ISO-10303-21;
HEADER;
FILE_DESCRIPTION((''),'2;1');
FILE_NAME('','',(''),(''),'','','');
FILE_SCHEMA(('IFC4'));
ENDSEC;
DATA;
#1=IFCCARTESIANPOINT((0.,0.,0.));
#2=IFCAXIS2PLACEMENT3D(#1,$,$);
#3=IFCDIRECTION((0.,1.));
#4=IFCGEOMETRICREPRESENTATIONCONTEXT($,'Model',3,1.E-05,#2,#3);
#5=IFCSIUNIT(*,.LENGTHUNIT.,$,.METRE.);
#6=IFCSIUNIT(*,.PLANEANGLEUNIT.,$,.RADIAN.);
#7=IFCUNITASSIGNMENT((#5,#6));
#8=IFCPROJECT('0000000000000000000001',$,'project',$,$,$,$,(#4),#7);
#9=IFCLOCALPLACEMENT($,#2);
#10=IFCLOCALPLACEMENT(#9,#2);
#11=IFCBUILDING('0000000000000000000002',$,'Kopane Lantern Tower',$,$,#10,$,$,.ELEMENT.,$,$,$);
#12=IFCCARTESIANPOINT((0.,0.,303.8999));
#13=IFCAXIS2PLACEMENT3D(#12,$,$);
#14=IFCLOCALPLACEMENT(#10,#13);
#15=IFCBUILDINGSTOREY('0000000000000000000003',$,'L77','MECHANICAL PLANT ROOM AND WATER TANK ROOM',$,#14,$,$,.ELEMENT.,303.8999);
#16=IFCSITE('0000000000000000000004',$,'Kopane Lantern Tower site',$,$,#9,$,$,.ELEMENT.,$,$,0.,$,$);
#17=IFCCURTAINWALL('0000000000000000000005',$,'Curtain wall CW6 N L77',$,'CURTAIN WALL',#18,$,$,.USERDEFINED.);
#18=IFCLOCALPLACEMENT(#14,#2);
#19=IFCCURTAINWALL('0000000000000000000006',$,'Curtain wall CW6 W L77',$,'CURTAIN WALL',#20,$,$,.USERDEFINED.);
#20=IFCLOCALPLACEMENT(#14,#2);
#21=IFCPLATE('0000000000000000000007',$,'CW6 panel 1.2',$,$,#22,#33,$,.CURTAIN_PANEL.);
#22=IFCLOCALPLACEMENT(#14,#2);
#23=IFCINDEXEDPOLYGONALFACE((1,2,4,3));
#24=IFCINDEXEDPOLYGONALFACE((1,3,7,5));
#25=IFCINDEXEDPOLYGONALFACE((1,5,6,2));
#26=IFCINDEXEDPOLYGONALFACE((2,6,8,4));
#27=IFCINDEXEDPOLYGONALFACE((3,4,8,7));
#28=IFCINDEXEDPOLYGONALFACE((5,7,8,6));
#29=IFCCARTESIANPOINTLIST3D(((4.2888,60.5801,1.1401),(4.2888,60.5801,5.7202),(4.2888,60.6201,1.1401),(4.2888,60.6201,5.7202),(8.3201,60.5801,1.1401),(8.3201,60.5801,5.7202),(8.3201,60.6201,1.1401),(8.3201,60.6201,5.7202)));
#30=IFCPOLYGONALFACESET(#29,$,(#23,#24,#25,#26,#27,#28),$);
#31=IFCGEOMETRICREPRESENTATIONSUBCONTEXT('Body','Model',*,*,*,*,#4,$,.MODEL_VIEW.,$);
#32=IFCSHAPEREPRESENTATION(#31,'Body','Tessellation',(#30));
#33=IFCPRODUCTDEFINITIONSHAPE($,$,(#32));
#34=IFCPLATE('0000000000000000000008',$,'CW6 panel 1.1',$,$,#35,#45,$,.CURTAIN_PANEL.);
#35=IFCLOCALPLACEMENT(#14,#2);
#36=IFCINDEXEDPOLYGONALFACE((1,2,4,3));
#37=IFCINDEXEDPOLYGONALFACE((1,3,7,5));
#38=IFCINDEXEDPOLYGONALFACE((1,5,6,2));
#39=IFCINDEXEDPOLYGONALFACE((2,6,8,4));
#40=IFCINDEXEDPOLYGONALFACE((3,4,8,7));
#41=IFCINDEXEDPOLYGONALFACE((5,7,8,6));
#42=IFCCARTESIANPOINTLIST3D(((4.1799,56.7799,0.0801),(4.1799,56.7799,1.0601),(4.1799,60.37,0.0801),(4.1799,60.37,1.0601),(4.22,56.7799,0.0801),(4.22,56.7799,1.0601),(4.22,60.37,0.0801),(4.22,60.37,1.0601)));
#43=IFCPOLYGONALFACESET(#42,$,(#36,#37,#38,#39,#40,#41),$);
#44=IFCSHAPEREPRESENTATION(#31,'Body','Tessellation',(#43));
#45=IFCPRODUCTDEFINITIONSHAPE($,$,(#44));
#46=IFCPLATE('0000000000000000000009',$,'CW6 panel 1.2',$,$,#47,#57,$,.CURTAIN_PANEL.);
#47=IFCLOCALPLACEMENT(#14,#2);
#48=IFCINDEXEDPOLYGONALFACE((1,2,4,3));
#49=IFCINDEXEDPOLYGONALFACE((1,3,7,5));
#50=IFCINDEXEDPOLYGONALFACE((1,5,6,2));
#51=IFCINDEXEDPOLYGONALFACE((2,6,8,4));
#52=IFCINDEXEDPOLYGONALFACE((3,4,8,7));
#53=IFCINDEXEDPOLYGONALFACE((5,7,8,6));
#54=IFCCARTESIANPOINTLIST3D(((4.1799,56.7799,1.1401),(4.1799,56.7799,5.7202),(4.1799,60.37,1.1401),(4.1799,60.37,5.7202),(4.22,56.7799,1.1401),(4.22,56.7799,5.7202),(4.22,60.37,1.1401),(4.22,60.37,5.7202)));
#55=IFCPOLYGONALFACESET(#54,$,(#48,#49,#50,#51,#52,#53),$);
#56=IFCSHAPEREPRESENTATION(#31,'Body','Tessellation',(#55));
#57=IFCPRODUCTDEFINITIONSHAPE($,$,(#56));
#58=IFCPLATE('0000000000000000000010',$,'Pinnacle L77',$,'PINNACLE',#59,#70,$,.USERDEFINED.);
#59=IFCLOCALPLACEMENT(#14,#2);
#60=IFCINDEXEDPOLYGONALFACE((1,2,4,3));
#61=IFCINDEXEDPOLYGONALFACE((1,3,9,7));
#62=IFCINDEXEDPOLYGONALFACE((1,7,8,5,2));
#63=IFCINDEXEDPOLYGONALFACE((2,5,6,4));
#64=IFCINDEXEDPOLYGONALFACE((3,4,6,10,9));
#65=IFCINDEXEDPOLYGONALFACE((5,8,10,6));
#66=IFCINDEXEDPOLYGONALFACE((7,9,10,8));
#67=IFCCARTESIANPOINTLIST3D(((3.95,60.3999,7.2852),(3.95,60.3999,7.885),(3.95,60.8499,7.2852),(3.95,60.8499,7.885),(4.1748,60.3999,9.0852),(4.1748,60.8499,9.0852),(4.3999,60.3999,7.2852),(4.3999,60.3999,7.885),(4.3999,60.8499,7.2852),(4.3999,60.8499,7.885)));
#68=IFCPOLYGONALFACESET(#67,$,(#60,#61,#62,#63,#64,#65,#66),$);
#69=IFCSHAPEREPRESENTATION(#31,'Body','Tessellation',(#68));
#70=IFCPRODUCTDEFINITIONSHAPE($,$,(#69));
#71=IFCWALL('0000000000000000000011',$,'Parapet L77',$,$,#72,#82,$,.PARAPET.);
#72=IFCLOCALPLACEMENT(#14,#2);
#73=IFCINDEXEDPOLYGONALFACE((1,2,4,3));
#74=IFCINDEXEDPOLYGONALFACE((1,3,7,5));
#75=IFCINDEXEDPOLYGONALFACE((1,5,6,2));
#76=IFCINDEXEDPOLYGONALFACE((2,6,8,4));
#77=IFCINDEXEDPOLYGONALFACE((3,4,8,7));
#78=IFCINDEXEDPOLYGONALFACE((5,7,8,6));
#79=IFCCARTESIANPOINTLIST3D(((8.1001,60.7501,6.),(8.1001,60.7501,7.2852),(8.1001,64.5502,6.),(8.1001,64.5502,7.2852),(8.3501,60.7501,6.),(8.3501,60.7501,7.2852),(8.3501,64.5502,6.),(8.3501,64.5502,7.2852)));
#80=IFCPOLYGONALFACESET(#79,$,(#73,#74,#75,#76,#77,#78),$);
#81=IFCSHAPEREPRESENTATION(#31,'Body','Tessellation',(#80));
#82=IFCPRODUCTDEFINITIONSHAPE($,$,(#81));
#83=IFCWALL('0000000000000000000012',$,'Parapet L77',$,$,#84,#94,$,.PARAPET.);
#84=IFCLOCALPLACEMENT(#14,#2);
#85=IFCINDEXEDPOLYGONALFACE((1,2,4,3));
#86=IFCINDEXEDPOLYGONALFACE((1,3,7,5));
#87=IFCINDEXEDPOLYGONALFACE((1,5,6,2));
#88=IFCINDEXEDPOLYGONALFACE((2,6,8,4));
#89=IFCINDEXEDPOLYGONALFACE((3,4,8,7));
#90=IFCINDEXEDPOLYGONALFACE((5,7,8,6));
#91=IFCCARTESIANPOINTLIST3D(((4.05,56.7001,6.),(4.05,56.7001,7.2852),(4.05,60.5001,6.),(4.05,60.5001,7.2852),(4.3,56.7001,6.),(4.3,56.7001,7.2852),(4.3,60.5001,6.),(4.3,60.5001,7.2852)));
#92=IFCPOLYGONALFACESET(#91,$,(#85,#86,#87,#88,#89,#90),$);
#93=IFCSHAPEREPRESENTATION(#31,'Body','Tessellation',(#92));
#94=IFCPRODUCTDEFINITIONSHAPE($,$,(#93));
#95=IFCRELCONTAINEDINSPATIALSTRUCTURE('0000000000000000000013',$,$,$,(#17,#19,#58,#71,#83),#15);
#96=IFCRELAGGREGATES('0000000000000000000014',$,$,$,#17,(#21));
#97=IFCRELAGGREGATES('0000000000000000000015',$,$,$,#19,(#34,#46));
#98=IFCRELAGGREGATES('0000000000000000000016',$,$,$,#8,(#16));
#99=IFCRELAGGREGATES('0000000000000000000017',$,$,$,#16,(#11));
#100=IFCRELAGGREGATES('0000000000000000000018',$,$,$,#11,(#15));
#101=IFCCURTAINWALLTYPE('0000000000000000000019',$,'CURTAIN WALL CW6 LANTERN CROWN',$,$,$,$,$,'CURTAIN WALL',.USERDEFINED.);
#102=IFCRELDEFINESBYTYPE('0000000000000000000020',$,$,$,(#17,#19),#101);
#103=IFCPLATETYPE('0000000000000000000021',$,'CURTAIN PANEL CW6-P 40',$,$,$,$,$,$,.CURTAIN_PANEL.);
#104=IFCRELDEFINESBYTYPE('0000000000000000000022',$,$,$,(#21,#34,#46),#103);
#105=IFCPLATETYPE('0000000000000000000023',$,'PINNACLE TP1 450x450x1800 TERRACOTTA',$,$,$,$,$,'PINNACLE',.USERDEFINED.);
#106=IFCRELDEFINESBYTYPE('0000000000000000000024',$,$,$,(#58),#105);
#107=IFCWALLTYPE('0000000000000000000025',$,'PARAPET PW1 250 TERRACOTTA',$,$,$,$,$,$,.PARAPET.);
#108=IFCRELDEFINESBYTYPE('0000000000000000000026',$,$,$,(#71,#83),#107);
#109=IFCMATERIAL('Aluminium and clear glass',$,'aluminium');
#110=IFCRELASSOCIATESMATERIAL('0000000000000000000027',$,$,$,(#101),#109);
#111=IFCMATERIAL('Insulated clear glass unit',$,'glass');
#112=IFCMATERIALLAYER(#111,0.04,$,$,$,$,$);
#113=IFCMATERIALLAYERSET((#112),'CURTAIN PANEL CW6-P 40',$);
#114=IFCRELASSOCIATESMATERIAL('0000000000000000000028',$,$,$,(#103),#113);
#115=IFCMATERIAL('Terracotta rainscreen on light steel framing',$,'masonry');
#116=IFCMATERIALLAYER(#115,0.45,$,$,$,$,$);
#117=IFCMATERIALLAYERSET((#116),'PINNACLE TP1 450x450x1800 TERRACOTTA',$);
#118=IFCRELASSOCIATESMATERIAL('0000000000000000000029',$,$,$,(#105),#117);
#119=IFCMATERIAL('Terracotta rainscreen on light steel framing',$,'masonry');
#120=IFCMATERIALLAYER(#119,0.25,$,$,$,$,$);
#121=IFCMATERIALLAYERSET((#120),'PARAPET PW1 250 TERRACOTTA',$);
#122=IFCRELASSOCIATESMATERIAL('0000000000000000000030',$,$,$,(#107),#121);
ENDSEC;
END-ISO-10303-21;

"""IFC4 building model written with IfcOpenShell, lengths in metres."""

from ifc_helpers import new_model, si_unit, direction, frame, frame_2d, origin, origin_2d, place, context, subcontext, project, spatial, polyline, rectangle, outline, extrude, material, layer, layer_set, type_object, element, aggregate, save


model = new_model("IFC4")

# Units and contexts
model_context = context("Model", 3, precision=1e-05, world=origin(), true_north=direction((0.0, 1.0)))
body_context = subcontext(model_context, "Body", "Model", "MODEL_VIEW")
ifc_project = project(units=[si_unit("LENGTHUNIT", "METRE"), si_unit("PLANEANGLEUNIT", "RADIAN")], contexts=[model_context])

# Site, building, storey
site_placement = place(None, origin())
site = spatial("IfcSite", under=ifc_project, at=site_placement, Name="Kopane Lantern Tower site", CompositionType="ELEMENT", RefElevation=0.0)
building_placement = place(site_placement, origin())
building = spatial("IfcBuilding", under=site, at=building_placement, Name="Kopane Lantern Tower", CompositionType="ELEMENT")
storey_placement = place(building_placement, frame((0.0, 0.0, 303.8999)))
storey = spatial("IfcBuildingStorey", under=building, at=storey_placement, Name="L77", Description="MECHANICAL PLANT ROOM AND WATER TANK ROOM", CompositionType="ELEMENT", Elevation=303.8999)

# Curtain walls
ifc_material_1 = material(Name="Aluminium and clear glass", Category="aluminium")
curtain_wall_type = type_object("IfcCurtainWallType", Name="CURTAIN WALL CW6 LANTERN CROWN", ElementType="CURTAIN WALL", PredefinedType="USERDEFINED", material=ifc_material_1)
curtain_wall_1_placement = place(storey_placement, origin())
curtain_wall_1 = element("IfcCurtainWall", 1, at=curtain_wall_1_placement, inside=storey, type_object=curtain_wall_type, Name="Curtain wall CW6 N L77", ObjectType="CURTAIN WALL", PredefinedType="USERDEFINED")
curtain_wall_2_placement = place(storey_placement, origin())
curtain_wall_2 = element("IfcCurtainWall", 2, at=curtain_wall_2_placement, inside=storey, type_object=curtain_wall_type, Name="Curtain wall CW6 W L77", ObjectType="CURTAIN WALL", PredefinedType="USERDEFINED")

# Plates
ifc_material_2 = material(Name="Insulated clear glass unit", Category="glass")
ifc_layer_1 = layer(ifc_material_2, 0.04)
ifc_layer_set_1 = layer_set([ifc_layer_1], Name="CURTAIN PANEL CW6-P 40")
plate_type_1 = type_object("IfcPlateType", Name="CURTAIN PANEL CW6-P 40", PredefinedType="CURTAIN_PANEL", material=ifc_layer_set_1)
plate_1_placement = place(storey_placement, frame((6.3044, 60.6001, 1.1401), z_axis=(0.0, 0.0, 1.0), x_axis=(-1.0, 0.0, 0.0)))
plate_1 = element("IfcPlate", 3, at=plate_1_placement, type_object=plate_type_1, Name="CW6 panel 1.2", PredefinedType="CURTAIN_PANEL", context=body_context, shape_type="SweptSolid", body=[
    extrude(rectangle(XDim=4.0312, YDim=0.04, at=origin_2d()), origin(), (0.0, 0.0, 1.0), 4.5801),
])
aggregate(curtain_wall_1, [plate_1])
plate_2_placement = place(storey_placement, frame((4.2, 58.575, 0.0801), z_axis=(0.0, 0.0, 1.0), x_axis=(0.0, -1.0, 0.0)))
plate_2 = element("IfcPlate", 4, at=plate_2_placement, type_object=plate_type_1, Name="CW6 panel 1.1", PredefinedType="CURTAIN_PANEL", context=body_context, shape_type="SweptSolid", body=[
    extrude(rectangle(XDim=3.5901, YDim=0.04, at=origin_2d()), origin(), (0.0, 0.0, 1.0), 0.98),
])
plate_3_placement = place(storey_placement, frame((4.2, 58.575, 1.1401), z_axis=(0.0, 0.0, 1.0), x_axis=(0.0, -1.0, 0.0)))
plate_3 = element("IfcPlate", 5, at=plate_3_placement, type_object=plate_type_1, Name="CW6 panel 1.2", PredefinedType="CURTAIN_PANEL", context=body_context, shape_type="SweptSolid", body=[
    extrude(rectangle(XDim=3.5901, YDim=0.04, at=origin_2d()), origin(), (0.0, 0.0, 1.0), 4.5801),
])
aggregate(curtain_wall_2, [plate_2, plate_3])
ifc_material_3 = material(Name="Terracotta rainscreen on light steel framing", Category="masonry")
ifc_layer_2 = layer(ifc_material_3, 0.45)
ifc_layer_set_2 = layer_set([ifc_layer_2], Name="PINNACLE TP1 450x450x1800 TERRACOTTA")
plate_type_2 = type_object("IfcPlateType", Name="PINNACLE TP1 450x450x1800 TERRACOTTA", ElementType="PINNACLE", PredefinedType="USERDEFINED", material=ifc_layer_set_2)
plate_4_placement = place(storey_placement, frame((4.3999, 60.625, 7.2852), z_axis=(0.0, 0.0, 1.0), x_axis=(-1.0, 0.0, 0.0)))
element("IfcPlate", 6, at=plate_4_placement, inside=storey, type_object=plate_type_2, Name="Pinnacle L77", ObjectType="PINNACLE", PredefinedType="USERDEFINED", context=body_context, shape_type="SweptSolid", body=[
    extrude(outline(polyline([(0.0, 0.0), (0.45, 0.0), (0.45, 0.5999), (0.2251, 1.8), (0.0, 0.5999), (0.0, 0.0)])), frame((0.0, 0.2251, 0.0), z_axis=(0.0, -1.0, 0.0), x_axis=(1.0, 0.0, 0.0)), (0.0, 0.0, 1.0), 0.45),
])

# Walls
ifc_material_4 = material(Name="Terracotta rainscreen on light steel framing", Category="masonry")
ifc_layer_3 = layer(ifc_material_4, 0.25)
ifc_layer_set_3 = layer_set([ifc_layer_3], Name="PARAPET PW1 250 TERRACOTTA")
wall_type = type_object("IfcWallType", Name="PARAPET PW1 250 TERRACOTTA", PredefinedType="PARAPET", material=ifc_layer_set_3)
for number, where, z_axis, x_axis, name in (
    (7, (8.2251, 64.55, 6.0), (0.0, 0.0, 1.0), (0.0, -1.0, 0.0), "Parapet L77"),
    (8, (4.175, 60.5, 6.0), (0.0, 0.0, 1.0), (0.0, -1.0, 0.0), "Parapet L77"),
):
    element("IfcWall", number, at=place(storey_placement, frame(where, z_axis=z_axis, x_axis=x_axis)), inside=storey, type_object=wall_type, Name=name, PredefinedType="PARAPET", context=body_context, shape_type="SweptSolid", body=[
        extrude(rectangle(XDim=3.8, YDim=0.25, at=frame_2d((1.8999, 0.0))), origin(), (0.0, 0.0, 1.0), 1.2852),
    ])

save(model, "model.ifc")
